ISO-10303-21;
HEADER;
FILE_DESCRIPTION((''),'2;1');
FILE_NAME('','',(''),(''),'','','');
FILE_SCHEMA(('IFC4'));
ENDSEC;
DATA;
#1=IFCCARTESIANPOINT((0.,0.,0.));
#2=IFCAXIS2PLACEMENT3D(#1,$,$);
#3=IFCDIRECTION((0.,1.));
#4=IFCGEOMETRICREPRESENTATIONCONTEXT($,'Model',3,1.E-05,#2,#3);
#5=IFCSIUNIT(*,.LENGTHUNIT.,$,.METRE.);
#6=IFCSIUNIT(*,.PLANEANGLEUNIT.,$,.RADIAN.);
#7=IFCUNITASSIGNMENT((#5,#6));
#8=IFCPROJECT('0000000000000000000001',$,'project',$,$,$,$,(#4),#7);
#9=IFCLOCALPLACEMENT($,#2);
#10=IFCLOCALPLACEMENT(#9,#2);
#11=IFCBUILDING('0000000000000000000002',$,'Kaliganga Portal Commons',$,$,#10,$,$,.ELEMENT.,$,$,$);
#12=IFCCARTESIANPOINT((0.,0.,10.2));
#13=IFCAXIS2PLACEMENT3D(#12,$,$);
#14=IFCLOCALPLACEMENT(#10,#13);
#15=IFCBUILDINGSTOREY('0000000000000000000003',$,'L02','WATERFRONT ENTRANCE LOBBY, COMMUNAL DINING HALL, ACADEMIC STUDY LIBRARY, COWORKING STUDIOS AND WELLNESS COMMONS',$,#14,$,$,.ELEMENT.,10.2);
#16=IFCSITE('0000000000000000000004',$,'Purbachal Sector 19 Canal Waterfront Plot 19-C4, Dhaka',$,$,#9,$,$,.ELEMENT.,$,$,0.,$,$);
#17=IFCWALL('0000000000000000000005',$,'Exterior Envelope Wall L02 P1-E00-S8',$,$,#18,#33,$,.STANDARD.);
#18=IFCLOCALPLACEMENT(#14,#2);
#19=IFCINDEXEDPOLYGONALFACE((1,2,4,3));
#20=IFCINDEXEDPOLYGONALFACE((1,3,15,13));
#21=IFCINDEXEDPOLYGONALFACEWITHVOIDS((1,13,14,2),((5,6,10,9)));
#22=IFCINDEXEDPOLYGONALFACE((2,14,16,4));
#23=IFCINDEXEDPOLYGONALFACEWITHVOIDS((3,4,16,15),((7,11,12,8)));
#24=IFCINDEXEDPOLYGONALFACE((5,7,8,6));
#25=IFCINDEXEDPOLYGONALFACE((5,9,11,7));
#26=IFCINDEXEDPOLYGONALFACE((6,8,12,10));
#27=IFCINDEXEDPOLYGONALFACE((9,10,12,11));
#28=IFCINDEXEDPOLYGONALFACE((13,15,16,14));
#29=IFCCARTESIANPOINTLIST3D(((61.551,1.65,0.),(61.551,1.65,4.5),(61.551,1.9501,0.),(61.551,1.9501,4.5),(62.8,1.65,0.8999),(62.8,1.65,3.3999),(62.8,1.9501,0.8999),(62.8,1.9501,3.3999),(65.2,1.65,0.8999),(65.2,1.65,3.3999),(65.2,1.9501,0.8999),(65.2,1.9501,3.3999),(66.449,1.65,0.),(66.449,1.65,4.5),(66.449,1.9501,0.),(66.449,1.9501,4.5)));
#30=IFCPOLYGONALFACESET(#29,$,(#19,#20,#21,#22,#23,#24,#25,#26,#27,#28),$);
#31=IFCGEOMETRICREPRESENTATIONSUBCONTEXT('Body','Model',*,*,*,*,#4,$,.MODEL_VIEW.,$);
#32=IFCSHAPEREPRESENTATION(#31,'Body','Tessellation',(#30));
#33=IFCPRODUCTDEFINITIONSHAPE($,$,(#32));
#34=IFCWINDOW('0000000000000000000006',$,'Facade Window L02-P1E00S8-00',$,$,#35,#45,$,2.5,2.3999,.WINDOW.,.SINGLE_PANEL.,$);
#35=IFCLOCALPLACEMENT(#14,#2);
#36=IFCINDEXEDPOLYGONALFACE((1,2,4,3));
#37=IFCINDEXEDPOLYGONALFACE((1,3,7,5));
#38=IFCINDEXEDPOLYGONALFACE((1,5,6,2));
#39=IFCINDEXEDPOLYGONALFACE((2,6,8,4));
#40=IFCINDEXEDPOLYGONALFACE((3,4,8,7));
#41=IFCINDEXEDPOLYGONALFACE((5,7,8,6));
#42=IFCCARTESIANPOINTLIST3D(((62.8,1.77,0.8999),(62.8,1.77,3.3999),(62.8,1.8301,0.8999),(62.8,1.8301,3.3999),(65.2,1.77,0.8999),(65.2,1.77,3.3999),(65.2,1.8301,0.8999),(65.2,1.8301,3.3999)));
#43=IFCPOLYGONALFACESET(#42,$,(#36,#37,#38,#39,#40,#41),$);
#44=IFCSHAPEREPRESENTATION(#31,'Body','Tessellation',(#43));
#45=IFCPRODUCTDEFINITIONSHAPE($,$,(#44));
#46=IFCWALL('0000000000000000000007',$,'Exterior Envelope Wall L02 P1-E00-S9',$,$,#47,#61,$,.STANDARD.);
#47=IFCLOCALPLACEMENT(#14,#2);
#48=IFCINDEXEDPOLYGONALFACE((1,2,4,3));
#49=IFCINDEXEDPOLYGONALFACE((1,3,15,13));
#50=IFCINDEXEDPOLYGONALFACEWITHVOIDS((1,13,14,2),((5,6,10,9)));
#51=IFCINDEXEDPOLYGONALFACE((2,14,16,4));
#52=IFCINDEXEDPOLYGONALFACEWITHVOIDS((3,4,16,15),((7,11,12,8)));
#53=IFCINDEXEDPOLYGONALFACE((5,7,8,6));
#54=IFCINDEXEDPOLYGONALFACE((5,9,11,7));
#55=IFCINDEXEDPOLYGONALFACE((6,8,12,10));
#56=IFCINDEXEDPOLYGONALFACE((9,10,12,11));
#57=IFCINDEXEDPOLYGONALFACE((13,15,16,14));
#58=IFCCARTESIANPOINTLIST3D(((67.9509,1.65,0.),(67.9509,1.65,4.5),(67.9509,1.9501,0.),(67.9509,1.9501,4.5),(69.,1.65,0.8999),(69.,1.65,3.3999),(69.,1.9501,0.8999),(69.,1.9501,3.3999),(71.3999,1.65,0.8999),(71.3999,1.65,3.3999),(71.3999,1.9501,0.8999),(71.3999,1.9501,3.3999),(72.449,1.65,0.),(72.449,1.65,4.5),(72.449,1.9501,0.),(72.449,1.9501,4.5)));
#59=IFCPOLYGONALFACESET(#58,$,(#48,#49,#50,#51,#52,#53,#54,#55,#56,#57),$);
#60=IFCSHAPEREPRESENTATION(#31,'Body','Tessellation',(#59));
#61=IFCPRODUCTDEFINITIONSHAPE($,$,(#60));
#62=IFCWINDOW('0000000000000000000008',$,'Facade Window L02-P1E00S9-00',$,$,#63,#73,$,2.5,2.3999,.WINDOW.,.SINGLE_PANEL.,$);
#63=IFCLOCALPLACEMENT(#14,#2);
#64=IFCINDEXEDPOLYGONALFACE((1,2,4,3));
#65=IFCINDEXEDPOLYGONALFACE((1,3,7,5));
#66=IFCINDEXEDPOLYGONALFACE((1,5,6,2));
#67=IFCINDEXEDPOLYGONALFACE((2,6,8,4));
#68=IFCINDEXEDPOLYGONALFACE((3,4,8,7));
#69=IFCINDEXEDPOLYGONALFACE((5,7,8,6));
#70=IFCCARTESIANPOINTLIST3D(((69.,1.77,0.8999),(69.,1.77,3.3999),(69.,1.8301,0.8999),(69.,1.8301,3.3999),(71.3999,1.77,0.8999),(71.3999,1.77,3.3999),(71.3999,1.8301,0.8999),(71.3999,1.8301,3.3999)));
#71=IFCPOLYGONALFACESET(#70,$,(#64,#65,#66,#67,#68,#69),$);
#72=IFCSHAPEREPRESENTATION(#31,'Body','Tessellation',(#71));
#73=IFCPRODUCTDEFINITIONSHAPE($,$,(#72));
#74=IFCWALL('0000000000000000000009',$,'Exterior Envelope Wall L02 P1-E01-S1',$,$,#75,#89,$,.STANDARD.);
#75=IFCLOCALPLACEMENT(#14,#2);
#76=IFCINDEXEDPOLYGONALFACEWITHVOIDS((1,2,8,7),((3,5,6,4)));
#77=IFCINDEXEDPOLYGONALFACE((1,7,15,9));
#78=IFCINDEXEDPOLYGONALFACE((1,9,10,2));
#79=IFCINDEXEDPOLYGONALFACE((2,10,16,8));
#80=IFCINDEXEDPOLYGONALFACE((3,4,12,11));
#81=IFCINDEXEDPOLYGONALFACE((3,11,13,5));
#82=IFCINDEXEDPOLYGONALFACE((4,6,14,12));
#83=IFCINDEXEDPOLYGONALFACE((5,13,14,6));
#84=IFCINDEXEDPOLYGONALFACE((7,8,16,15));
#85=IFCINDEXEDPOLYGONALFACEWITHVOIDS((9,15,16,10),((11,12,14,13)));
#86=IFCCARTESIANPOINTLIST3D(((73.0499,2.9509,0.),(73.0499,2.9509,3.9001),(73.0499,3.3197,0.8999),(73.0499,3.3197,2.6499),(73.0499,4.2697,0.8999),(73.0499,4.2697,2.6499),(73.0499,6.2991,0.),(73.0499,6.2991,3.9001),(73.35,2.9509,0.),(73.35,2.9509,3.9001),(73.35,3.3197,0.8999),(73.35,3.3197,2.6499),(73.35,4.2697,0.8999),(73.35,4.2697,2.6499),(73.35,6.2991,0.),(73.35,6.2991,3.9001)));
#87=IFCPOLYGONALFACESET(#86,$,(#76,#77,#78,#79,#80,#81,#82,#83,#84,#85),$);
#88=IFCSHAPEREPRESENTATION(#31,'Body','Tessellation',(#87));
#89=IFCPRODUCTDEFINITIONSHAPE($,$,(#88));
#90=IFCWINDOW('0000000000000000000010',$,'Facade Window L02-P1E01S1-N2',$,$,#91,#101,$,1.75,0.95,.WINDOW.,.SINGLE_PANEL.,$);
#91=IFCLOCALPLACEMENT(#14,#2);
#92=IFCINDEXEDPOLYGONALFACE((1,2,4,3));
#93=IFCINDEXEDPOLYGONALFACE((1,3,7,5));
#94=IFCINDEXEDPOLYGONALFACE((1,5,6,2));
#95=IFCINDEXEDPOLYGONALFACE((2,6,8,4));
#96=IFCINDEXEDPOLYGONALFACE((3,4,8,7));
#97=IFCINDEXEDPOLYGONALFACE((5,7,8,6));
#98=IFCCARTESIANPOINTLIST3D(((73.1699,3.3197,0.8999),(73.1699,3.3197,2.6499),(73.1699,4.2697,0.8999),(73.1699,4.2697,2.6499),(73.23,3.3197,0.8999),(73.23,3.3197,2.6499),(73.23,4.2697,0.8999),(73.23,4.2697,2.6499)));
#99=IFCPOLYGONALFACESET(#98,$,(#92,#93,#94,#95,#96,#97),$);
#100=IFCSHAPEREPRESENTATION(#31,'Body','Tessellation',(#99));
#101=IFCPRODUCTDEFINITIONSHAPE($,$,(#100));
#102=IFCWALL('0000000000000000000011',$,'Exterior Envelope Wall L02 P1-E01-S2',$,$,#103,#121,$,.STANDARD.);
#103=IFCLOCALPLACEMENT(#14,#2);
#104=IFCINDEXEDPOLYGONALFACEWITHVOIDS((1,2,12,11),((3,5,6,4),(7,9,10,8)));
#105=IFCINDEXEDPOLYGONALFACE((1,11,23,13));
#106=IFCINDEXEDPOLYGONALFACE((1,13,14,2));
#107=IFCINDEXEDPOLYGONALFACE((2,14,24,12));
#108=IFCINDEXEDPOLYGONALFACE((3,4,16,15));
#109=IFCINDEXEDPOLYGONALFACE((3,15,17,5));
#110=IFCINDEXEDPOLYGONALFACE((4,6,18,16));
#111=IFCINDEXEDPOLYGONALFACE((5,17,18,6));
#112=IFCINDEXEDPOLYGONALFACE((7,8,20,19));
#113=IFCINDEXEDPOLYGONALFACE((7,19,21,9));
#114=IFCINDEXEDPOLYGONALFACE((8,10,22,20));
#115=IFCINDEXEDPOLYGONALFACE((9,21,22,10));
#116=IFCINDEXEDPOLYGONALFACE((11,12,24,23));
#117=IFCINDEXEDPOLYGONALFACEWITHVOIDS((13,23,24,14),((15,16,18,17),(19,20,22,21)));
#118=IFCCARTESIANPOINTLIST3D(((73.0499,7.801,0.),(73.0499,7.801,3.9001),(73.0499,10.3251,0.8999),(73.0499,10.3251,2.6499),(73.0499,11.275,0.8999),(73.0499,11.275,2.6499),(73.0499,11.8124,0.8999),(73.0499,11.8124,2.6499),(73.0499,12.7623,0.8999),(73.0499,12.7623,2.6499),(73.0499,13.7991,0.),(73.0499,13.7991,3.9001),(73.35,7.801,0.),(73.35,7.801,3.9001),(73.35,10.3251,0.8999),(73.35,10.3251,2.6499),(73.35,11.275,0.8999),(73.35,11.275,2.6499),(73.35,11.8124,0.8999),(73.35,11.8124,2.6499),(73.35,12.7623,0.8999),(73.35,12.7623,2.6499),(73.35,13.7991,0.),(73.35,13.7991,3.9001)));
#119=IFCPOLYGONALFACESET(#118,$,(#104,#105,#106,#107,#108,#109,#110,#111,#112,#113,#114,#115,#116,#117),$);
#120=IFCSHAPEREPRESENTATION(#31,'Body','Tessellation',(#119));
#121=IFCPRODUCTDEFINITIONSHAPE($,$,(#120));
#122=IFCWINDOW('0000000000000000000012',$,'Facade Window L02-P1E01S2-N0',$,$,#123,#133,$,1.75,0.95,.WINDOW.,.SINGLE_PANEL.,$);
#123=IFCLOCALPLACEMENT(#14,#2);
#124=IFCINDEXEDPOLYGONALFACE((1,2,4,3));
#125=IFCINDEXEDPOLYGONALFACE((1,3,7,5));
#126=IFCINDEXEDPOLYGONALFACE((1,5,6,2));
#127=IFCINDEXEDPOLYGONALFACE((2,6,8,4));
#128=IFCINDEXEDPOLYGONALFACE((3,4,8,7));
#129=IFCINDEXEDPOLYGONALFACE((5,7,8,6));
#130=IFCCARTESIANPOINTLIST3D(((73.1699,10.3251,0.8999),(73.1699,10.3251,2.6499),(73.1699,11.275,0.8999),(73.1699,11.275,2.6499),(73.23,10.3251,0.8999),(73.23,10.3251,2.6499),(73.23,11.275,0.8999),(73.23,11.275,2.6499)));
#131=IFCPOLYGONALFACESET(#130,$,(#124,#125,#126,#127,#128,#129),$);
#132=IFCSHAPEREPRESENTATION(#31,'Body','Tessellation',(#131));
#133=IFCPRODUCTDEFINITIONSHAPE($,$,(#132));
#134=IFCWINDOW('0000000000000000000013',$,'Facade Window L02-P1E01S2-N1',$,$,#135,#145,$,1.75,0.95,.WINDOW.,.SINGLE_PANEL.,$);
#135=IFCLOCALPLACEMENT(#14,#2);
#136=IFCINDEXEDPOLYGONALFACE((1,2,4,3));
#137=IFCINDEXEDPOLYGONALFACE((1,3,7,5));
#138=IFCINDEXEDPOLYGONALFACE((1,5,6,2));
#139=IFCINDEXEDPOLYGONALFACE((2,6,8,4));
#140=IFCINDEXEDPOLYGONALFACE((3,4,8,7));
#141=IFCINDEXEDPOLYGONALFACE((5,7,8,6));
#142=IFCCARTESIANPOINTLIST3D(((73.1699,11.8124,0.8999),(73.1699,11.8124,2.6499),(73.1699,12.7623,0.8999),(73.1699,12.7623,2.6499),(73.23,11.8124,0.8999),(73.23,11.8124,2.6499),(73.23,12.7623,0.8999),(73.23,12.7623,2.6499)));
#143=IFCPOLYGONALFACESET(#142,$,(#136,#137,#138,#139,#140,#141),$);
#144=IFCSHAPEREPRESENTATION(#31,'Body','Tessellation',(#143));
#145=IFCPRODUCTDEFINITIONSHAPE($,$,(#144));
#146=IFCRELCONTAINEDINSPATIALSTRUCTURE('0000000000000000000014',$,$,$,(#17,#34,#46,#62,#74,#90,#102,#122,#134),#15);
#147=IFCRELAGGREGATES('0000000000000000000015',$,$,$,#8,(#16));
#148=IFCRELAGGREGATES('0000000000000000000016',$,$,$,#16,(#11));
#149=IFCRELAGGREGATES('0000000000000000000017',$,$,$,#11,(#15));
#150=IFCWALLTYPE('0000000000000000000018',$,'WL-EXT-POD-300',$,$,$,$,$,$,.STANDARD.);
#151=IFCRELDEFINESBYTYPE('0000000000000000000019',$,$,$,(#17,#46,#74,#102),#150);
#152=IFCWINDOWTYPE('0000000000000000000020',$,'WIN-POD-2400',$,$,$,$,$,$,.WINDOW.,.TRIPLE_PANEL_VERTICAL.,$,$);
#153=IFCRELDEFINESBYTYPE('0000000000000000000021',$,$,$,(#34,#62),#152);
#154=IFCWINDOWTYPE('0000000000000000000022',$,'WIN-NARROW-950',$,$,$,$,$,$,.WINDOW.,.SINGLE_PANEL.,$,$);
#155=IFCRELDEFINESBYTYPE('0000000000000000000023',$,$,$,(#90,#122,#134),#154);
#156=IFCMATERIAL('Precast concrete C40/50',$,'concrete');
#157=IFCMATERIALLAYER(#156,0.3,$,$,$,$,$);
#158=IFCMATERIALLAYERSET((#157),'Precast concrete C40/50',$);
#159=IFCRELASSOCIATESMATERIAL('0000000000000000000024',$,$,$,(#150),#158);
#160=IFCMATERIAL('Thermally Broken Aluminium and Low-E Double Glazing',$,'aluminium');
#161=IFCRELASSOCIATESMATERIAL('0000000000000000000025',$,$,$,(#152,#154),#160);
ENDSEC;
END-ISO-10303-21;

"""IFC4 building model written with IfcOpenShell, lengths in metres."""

from ifc_helpers import new_model, si_unit, direction, frame, frame_2d, origin, place, context, subcontext, project, spatial, rectangle, extrude, material, layer, layer_set, type_object, element, fill, save


model = new_model("IFC4")

# Units and contexts
model_context = context("Model", 3, precision=1e-05, world=origin(), true_north=direction((0.0, 1.0)))
body_context = subcontext(model_context, "Body", "Model", "MODEL_VIEW")
ifc_project = project(units=[si_unit("LENGTHUNIT", "METRE"), si_unit("PLANEANGLEUNIT", "RADIAN")], contexts=[model_context])

# Site, building, storey
site_placement = place(None, origin())
site = spatial("IfcSite", under=ifc_project, at=site_placement, Name="Purbachal Sector 19 Canal Waterfront Plot 19-C4, Dhaka", CompositionType="ELEMENT", RefElevation=0.0)
building_placement = place(site_placement, origin())
building = spatial("IfcBuilding", under=site, at=building_placement, Name="Kaliganga Portal Commons", CompositionType="ELEMENT")
storey_placement = place(building_placement, frame((0.0, 0.0, 10.2)))
storey = spatial("IfcBuildingStorey", under=building, at=storey_placement, Name="L02", Description="WATERFRONT ENTRANCE LOBBY, COMMUNAL DINING HALL, ACADEMIC STUDY LIBRARY, COWORKING STUDIOS AND WELLNESS COMMONS", CompositionType="ELEMENT", Elevation=10.2)

# Walls, openings, windows
ifc_material_1 = material(Name="Precast concrete C40/50", Category="concrete")
ifc_layer = layer(ifc_material_1, 0.3)
ifc_layer_set = layer_set([ifc_layer], Name="Precast concrete C40/50")
wall_type = type_object("IfcWallType", Name="WL-EXT-POD-300", PredefinedType="STANDARD", material=ifc_layer_set)
wall_1_placement = place(storey_placement, frame((66.449, 1.8, 0.0), z_axis=(0.0, 0.0, 1.0), x_axis=(-1.0, 0.0, 0.0)))
wall_1 = element("IfcWall", 1, at=wall_1_placement, inside=storey, type_object=wall_type, Name="Exterior Envelope Wall L02 P1-E00-S8", PredefinedType="STANDARD", context=body_context, shape_type="SweptSolid", body=[
    extrude(rectangle(XDim=4.8979, YDim=0.3, at=frame_2d((2.449, 0.0))), origin(), (0.0, 0.0, 1.0), 4.5),
])
opening_1_placement = place(wall_1_placement, frame((1.249, 0.0, 0.8999)))
opening_1 = element("IfcOpeningElement", 2, at=opening_1_placement, cuts=wall_1, PredefinedType="OPENING", context=body_context, shape_type="SweptSolid", body=[
    extrude(rectangle(XDim=2.3999, YDim=2.5, at=frame_2d((1.2, 1.25))), frame((0.0, 0.1602, 0.0), z_axis=(0.0, -1.0, 0.0), x_axis=(1.0, 0.0, 0.0)), (0.0, 0.0, 1.0), 0.3201),
])
ifc_material_2 = material(Name="Thermally Broken Aluminium and Low-E Double Glazing", Category="aluminium")
window_type_1 = type_object("IfcWindowType", Name="WIN-POD-2400", PartitioningType="TRIPLE_PANEL_VERTICAL", PredefinedType="WINDOW", material=ifc_material_2)
window_1_placement = place(opening_1_placement, origin())
window_1 = element("IfcWindow", 3, at=window_1_placement, inside=storey, type_object=window_type_1, Name="Facade Window L02-P1E00S8-00", OverallHeight=2.5, OverallWidth=2.3999, PartitioningType="SINGLE_PANEL", PredefinedType="WINDOW", context=body_context, shape_type="SweptSolid", body=[
    extrude(rectangle(XDim=2.3999, YDim=2.5, at=frame_2d((1.2, 1.25))), frame((0.0, 0.03, 0.0), z_axis=(0.0, -1.0, 0.0), x_axis=(1.0, 0.0, 0.0)), (0.0, 0.0, 1.0), 0.0601),
])
fill(opening_1, window_1)
wall_2_placement = place(storey_placement, frame((72.449, 1.8, 0.0), z_axis=(0.0, 0.0, 1.0), x_axis=(-1.0, 0.0, 0.0)))
wall_2 = element("IfcWall", 4, at=wall_2_placement, inside=storey, type_object=wall_type, Name="Exterior Envelope Wall L02 P1-E00-S9", PredefinedType="STANDARD", context=body_context, shape_type="SweptSolid", body=[
    extrude(rectangle(XDim=4.498, YDim=0.3, at=frame_2d((2.249, 0.0))), origin(), (0.0, 0.0, 1.0), 4.5),
])
opening_2_placement = place(wall_2_placement, frame((1.0491, 0.0, 0.8999)))
opening_2 = element("IfcOpeningElement", 5, at=opening_2_placement, cuts=wall_2, PredefinedType="OPENING", context=body_context, shape_type="SweptSolid", body=[
    extrude(rectangle(XDim=2.3999, YDim=2.5, at=frame_2d((1.2, 1.25))), frame((0.0, 0.1602, 0.0), z_axis=(0.0, -1.0, 0.0), x_axis=(1.0, 0.0, 0.0)), (0.0, 0.0, 1.0), 0.3201),
])
window_2_placement = place(opening_2_placement, origin())
window_2 = element("IfcWindow", 6, at=window_2_placement, inside=storey, type_object=window_type_1, Name="Facade Window L02-P1E00S9-00", OverallHeight=2.5, OverallWidth=2.3999, PartitioningType="SINGLE_PANEL", PredefinedType="WINDOW", context=body_context, shape_type="SweptSolid", body=[
    extrude(rectangle(XDim=2.3999, YDim=2.5, at=frame_2d((1.2, 1.25))), frame((0.0, 0.03, 0.0), z_axis=(0.0, -1.0, 0.0), x_axis=(1.0, 0.0, 0.0)), (0.0, 0.0, 1.0), 0.0601),
])
fill(opening_2, window_2)
wall_3_placement = place(storey_placement, frame((73.2, 6.2991, 0.0), z_axis=(0.0, 0.0, 1.0), x_axis=(0.0, -1.0, 0.0)))
wall_3 = element("IfcWall", 7, at=wall_3_placement, inside=storey, type_object=wall_type, Name="Exterior Envelope Wall L02 P1-E01-S1", PredefinedType="STANDARD", context=body_context, shape_type="SweptSolid", body=[
    extrude(rectangle(XDim=3.3481, YDim=0.3, at=frame_2d((1.6741, 0.0))), origin(), (0.0, 0.0, 1.0), 3.9001),
])
opening_3_placement = place(wall_3_placement, frame((2.0293, 0.0, 0.8999)))
opening_3 = element("IfcOpeningElement", 8, at=opening_3_placement, cuts=wall_3, PredefinedType="OPENING", context=body_context, shape_type="SweptSolid", body=[
    extrude(rectangle(XDim=0.95, YDim=1.75, at=frame_2d((0.4751, 0.875))), frame((0.0, 0.1602, 0.0), z_axis=(0.0, -1.0, 0.0), x_axis=(1.0, 0.0, 0.0)), (0.0, 0.0, 1.0), 0.3201),
])
window_type_2 = type_object("IfcWindowType", Name="WIN-NARROW-950", PartitioningType="SINGLE_PANEL", PredefinedType="WINDOW", material=ifc_material_2)
window_3_placement = place(opening_3_placement, origin())
window_3 = element("IfcWindow", 9, at=window_3_placement, inside=storey, type_object=window_type_2, Name="Facade Window L02-P1E01S1-N2", OverallHeight=1.75, OverallWidth=0.95, PartitioningType="SINGLE_PANEL", PredefinedType="WINDOW", context=body_context, shape_type="SweptSolid", body=[
    extrude(rectangle(XDim=0.95, YDim=1.75, at=frame_2d((0.4751, 0.875))), frame((0.0, 0.03, 0.0), z_axis=(0.0, -1.0, 0.0), x_axis=(1.0, 0.0, 0.0)), (0.0, 0.0, 1.0), 0.0601),
])
fill(opening_3, window_3)

# Wall, openings, windows
wall_4_placement = place(storey_placement, frame((73.2, 13.7991, 0.0), z_axis=(0.0, 0.0, 1.0), x_axis=(0.0, -1.0, 0.0)))
wall_4 = element("IfcWall", 10, at=wall_4_placement, inside=storey, type_object=wall_type, Name="Exterior Envelope Wall L02 P1-E01-S2", PredefinedType="STANDARD", context=body_context, shape_type="SweptSolid", body=[
    extrude(rectangle(XDim=5.998, YDim=0.3, at=frame_2d((2.999, 0.0))), origin(), (0.0, 0.0, 1.0), 3.9001),
])
opening_4_placement = place(wall_4_placement, frame((2.5239, 0.0, 0.8999)))
opening_4 = element("IfcOpeningElement", 11, at=opening_4_placement, cuts=wall_4, PredefinedType="OPENING", context=body_context, shape_type="SweptSolid", body=[
    extrude(rectangle(XDim=0.95, YDim=1.75, at=frame_2d((0.4751, 0.875))), frame((0.0, 0.1602, 0.0), z_axis=(0.0, -1.0, 0.0), x_axis=(1.0, 0.0, 0.0)), (0.0, 0.0, 1.0), 0.3201),
])
opening_5_placement = place(wall_4_placement, frame((1.0366, 0.0, 0.8999)))
opening_5 = element("IfcOpeningElement", 12, at=opening_5_placement, cuts=wall_4, PredefinedType="OPENING", context=body_context, shape_type="SweptSolid", body=[
    extrude(rectangle(XDim=0.95, YDim=1.75, at=frame_2d((0.4751, 0.875))), frame((0.0, 0.1602, 0.0), z_axis=(0.0, -1.0, 0.0), x_axis=(1.0, 0.0, 0.0)), (0.0, 0.0, 1.0), 0.3201),
])
window_4_placement = place(opening_4_placement, origin())
window_4 = element("IfcWindow", 13, at=window_4_placement, inside=storey, type_object=window_type_2, Name="Facade Window L02-P1E01S2-N0", OverallHeight=1.75, OverallWidth=0.95, PartitioningType="SINGLE_PANEL", PredefinedType="WINDOW", context=body_context, shape_type="SweptSolid", body=[
    extrude(rectangle(XDim=0.95, YDim=1.75, at=frame_2d((0.4751, 0.875))), frame((0.0, 0.03, 0.0), z_axis=(0.0, -1.0, 0.0), x_axis=(1.0, 0.0, 0.0)), (0.0, 0.0, 1.0), 0.0601),
])
fill(opening_4, window_4)
window_5_placement = place(opening_5_placement, origin())
window_5 = element("IfcWindow", 14, at=window_5_placement, inside=storey, type_object=window_type_2, Name="Facade Window L02-P1E01S2-N1", OverallHeight=1.75, OverallWidth=0.95, PartitioningType="SINGLE_PANEL", PredefinedType="WINDOW", context=body_context, shape_type="SweptSolid", body=[
    extrude(rectangle(XDim=0.95, YDim=1.75, at=frame_2d((0.4751, 0.875))), frame((0.0, 0.03, 0.0), z_axis=(0.0, -1.0, 0.0), x_axis=(1.0, 0.0, 0.0)), (0.0, 0.0, 1.0), 0.0601),
])
fill(opening_5, window_5)

save(model, "model.ifc")
